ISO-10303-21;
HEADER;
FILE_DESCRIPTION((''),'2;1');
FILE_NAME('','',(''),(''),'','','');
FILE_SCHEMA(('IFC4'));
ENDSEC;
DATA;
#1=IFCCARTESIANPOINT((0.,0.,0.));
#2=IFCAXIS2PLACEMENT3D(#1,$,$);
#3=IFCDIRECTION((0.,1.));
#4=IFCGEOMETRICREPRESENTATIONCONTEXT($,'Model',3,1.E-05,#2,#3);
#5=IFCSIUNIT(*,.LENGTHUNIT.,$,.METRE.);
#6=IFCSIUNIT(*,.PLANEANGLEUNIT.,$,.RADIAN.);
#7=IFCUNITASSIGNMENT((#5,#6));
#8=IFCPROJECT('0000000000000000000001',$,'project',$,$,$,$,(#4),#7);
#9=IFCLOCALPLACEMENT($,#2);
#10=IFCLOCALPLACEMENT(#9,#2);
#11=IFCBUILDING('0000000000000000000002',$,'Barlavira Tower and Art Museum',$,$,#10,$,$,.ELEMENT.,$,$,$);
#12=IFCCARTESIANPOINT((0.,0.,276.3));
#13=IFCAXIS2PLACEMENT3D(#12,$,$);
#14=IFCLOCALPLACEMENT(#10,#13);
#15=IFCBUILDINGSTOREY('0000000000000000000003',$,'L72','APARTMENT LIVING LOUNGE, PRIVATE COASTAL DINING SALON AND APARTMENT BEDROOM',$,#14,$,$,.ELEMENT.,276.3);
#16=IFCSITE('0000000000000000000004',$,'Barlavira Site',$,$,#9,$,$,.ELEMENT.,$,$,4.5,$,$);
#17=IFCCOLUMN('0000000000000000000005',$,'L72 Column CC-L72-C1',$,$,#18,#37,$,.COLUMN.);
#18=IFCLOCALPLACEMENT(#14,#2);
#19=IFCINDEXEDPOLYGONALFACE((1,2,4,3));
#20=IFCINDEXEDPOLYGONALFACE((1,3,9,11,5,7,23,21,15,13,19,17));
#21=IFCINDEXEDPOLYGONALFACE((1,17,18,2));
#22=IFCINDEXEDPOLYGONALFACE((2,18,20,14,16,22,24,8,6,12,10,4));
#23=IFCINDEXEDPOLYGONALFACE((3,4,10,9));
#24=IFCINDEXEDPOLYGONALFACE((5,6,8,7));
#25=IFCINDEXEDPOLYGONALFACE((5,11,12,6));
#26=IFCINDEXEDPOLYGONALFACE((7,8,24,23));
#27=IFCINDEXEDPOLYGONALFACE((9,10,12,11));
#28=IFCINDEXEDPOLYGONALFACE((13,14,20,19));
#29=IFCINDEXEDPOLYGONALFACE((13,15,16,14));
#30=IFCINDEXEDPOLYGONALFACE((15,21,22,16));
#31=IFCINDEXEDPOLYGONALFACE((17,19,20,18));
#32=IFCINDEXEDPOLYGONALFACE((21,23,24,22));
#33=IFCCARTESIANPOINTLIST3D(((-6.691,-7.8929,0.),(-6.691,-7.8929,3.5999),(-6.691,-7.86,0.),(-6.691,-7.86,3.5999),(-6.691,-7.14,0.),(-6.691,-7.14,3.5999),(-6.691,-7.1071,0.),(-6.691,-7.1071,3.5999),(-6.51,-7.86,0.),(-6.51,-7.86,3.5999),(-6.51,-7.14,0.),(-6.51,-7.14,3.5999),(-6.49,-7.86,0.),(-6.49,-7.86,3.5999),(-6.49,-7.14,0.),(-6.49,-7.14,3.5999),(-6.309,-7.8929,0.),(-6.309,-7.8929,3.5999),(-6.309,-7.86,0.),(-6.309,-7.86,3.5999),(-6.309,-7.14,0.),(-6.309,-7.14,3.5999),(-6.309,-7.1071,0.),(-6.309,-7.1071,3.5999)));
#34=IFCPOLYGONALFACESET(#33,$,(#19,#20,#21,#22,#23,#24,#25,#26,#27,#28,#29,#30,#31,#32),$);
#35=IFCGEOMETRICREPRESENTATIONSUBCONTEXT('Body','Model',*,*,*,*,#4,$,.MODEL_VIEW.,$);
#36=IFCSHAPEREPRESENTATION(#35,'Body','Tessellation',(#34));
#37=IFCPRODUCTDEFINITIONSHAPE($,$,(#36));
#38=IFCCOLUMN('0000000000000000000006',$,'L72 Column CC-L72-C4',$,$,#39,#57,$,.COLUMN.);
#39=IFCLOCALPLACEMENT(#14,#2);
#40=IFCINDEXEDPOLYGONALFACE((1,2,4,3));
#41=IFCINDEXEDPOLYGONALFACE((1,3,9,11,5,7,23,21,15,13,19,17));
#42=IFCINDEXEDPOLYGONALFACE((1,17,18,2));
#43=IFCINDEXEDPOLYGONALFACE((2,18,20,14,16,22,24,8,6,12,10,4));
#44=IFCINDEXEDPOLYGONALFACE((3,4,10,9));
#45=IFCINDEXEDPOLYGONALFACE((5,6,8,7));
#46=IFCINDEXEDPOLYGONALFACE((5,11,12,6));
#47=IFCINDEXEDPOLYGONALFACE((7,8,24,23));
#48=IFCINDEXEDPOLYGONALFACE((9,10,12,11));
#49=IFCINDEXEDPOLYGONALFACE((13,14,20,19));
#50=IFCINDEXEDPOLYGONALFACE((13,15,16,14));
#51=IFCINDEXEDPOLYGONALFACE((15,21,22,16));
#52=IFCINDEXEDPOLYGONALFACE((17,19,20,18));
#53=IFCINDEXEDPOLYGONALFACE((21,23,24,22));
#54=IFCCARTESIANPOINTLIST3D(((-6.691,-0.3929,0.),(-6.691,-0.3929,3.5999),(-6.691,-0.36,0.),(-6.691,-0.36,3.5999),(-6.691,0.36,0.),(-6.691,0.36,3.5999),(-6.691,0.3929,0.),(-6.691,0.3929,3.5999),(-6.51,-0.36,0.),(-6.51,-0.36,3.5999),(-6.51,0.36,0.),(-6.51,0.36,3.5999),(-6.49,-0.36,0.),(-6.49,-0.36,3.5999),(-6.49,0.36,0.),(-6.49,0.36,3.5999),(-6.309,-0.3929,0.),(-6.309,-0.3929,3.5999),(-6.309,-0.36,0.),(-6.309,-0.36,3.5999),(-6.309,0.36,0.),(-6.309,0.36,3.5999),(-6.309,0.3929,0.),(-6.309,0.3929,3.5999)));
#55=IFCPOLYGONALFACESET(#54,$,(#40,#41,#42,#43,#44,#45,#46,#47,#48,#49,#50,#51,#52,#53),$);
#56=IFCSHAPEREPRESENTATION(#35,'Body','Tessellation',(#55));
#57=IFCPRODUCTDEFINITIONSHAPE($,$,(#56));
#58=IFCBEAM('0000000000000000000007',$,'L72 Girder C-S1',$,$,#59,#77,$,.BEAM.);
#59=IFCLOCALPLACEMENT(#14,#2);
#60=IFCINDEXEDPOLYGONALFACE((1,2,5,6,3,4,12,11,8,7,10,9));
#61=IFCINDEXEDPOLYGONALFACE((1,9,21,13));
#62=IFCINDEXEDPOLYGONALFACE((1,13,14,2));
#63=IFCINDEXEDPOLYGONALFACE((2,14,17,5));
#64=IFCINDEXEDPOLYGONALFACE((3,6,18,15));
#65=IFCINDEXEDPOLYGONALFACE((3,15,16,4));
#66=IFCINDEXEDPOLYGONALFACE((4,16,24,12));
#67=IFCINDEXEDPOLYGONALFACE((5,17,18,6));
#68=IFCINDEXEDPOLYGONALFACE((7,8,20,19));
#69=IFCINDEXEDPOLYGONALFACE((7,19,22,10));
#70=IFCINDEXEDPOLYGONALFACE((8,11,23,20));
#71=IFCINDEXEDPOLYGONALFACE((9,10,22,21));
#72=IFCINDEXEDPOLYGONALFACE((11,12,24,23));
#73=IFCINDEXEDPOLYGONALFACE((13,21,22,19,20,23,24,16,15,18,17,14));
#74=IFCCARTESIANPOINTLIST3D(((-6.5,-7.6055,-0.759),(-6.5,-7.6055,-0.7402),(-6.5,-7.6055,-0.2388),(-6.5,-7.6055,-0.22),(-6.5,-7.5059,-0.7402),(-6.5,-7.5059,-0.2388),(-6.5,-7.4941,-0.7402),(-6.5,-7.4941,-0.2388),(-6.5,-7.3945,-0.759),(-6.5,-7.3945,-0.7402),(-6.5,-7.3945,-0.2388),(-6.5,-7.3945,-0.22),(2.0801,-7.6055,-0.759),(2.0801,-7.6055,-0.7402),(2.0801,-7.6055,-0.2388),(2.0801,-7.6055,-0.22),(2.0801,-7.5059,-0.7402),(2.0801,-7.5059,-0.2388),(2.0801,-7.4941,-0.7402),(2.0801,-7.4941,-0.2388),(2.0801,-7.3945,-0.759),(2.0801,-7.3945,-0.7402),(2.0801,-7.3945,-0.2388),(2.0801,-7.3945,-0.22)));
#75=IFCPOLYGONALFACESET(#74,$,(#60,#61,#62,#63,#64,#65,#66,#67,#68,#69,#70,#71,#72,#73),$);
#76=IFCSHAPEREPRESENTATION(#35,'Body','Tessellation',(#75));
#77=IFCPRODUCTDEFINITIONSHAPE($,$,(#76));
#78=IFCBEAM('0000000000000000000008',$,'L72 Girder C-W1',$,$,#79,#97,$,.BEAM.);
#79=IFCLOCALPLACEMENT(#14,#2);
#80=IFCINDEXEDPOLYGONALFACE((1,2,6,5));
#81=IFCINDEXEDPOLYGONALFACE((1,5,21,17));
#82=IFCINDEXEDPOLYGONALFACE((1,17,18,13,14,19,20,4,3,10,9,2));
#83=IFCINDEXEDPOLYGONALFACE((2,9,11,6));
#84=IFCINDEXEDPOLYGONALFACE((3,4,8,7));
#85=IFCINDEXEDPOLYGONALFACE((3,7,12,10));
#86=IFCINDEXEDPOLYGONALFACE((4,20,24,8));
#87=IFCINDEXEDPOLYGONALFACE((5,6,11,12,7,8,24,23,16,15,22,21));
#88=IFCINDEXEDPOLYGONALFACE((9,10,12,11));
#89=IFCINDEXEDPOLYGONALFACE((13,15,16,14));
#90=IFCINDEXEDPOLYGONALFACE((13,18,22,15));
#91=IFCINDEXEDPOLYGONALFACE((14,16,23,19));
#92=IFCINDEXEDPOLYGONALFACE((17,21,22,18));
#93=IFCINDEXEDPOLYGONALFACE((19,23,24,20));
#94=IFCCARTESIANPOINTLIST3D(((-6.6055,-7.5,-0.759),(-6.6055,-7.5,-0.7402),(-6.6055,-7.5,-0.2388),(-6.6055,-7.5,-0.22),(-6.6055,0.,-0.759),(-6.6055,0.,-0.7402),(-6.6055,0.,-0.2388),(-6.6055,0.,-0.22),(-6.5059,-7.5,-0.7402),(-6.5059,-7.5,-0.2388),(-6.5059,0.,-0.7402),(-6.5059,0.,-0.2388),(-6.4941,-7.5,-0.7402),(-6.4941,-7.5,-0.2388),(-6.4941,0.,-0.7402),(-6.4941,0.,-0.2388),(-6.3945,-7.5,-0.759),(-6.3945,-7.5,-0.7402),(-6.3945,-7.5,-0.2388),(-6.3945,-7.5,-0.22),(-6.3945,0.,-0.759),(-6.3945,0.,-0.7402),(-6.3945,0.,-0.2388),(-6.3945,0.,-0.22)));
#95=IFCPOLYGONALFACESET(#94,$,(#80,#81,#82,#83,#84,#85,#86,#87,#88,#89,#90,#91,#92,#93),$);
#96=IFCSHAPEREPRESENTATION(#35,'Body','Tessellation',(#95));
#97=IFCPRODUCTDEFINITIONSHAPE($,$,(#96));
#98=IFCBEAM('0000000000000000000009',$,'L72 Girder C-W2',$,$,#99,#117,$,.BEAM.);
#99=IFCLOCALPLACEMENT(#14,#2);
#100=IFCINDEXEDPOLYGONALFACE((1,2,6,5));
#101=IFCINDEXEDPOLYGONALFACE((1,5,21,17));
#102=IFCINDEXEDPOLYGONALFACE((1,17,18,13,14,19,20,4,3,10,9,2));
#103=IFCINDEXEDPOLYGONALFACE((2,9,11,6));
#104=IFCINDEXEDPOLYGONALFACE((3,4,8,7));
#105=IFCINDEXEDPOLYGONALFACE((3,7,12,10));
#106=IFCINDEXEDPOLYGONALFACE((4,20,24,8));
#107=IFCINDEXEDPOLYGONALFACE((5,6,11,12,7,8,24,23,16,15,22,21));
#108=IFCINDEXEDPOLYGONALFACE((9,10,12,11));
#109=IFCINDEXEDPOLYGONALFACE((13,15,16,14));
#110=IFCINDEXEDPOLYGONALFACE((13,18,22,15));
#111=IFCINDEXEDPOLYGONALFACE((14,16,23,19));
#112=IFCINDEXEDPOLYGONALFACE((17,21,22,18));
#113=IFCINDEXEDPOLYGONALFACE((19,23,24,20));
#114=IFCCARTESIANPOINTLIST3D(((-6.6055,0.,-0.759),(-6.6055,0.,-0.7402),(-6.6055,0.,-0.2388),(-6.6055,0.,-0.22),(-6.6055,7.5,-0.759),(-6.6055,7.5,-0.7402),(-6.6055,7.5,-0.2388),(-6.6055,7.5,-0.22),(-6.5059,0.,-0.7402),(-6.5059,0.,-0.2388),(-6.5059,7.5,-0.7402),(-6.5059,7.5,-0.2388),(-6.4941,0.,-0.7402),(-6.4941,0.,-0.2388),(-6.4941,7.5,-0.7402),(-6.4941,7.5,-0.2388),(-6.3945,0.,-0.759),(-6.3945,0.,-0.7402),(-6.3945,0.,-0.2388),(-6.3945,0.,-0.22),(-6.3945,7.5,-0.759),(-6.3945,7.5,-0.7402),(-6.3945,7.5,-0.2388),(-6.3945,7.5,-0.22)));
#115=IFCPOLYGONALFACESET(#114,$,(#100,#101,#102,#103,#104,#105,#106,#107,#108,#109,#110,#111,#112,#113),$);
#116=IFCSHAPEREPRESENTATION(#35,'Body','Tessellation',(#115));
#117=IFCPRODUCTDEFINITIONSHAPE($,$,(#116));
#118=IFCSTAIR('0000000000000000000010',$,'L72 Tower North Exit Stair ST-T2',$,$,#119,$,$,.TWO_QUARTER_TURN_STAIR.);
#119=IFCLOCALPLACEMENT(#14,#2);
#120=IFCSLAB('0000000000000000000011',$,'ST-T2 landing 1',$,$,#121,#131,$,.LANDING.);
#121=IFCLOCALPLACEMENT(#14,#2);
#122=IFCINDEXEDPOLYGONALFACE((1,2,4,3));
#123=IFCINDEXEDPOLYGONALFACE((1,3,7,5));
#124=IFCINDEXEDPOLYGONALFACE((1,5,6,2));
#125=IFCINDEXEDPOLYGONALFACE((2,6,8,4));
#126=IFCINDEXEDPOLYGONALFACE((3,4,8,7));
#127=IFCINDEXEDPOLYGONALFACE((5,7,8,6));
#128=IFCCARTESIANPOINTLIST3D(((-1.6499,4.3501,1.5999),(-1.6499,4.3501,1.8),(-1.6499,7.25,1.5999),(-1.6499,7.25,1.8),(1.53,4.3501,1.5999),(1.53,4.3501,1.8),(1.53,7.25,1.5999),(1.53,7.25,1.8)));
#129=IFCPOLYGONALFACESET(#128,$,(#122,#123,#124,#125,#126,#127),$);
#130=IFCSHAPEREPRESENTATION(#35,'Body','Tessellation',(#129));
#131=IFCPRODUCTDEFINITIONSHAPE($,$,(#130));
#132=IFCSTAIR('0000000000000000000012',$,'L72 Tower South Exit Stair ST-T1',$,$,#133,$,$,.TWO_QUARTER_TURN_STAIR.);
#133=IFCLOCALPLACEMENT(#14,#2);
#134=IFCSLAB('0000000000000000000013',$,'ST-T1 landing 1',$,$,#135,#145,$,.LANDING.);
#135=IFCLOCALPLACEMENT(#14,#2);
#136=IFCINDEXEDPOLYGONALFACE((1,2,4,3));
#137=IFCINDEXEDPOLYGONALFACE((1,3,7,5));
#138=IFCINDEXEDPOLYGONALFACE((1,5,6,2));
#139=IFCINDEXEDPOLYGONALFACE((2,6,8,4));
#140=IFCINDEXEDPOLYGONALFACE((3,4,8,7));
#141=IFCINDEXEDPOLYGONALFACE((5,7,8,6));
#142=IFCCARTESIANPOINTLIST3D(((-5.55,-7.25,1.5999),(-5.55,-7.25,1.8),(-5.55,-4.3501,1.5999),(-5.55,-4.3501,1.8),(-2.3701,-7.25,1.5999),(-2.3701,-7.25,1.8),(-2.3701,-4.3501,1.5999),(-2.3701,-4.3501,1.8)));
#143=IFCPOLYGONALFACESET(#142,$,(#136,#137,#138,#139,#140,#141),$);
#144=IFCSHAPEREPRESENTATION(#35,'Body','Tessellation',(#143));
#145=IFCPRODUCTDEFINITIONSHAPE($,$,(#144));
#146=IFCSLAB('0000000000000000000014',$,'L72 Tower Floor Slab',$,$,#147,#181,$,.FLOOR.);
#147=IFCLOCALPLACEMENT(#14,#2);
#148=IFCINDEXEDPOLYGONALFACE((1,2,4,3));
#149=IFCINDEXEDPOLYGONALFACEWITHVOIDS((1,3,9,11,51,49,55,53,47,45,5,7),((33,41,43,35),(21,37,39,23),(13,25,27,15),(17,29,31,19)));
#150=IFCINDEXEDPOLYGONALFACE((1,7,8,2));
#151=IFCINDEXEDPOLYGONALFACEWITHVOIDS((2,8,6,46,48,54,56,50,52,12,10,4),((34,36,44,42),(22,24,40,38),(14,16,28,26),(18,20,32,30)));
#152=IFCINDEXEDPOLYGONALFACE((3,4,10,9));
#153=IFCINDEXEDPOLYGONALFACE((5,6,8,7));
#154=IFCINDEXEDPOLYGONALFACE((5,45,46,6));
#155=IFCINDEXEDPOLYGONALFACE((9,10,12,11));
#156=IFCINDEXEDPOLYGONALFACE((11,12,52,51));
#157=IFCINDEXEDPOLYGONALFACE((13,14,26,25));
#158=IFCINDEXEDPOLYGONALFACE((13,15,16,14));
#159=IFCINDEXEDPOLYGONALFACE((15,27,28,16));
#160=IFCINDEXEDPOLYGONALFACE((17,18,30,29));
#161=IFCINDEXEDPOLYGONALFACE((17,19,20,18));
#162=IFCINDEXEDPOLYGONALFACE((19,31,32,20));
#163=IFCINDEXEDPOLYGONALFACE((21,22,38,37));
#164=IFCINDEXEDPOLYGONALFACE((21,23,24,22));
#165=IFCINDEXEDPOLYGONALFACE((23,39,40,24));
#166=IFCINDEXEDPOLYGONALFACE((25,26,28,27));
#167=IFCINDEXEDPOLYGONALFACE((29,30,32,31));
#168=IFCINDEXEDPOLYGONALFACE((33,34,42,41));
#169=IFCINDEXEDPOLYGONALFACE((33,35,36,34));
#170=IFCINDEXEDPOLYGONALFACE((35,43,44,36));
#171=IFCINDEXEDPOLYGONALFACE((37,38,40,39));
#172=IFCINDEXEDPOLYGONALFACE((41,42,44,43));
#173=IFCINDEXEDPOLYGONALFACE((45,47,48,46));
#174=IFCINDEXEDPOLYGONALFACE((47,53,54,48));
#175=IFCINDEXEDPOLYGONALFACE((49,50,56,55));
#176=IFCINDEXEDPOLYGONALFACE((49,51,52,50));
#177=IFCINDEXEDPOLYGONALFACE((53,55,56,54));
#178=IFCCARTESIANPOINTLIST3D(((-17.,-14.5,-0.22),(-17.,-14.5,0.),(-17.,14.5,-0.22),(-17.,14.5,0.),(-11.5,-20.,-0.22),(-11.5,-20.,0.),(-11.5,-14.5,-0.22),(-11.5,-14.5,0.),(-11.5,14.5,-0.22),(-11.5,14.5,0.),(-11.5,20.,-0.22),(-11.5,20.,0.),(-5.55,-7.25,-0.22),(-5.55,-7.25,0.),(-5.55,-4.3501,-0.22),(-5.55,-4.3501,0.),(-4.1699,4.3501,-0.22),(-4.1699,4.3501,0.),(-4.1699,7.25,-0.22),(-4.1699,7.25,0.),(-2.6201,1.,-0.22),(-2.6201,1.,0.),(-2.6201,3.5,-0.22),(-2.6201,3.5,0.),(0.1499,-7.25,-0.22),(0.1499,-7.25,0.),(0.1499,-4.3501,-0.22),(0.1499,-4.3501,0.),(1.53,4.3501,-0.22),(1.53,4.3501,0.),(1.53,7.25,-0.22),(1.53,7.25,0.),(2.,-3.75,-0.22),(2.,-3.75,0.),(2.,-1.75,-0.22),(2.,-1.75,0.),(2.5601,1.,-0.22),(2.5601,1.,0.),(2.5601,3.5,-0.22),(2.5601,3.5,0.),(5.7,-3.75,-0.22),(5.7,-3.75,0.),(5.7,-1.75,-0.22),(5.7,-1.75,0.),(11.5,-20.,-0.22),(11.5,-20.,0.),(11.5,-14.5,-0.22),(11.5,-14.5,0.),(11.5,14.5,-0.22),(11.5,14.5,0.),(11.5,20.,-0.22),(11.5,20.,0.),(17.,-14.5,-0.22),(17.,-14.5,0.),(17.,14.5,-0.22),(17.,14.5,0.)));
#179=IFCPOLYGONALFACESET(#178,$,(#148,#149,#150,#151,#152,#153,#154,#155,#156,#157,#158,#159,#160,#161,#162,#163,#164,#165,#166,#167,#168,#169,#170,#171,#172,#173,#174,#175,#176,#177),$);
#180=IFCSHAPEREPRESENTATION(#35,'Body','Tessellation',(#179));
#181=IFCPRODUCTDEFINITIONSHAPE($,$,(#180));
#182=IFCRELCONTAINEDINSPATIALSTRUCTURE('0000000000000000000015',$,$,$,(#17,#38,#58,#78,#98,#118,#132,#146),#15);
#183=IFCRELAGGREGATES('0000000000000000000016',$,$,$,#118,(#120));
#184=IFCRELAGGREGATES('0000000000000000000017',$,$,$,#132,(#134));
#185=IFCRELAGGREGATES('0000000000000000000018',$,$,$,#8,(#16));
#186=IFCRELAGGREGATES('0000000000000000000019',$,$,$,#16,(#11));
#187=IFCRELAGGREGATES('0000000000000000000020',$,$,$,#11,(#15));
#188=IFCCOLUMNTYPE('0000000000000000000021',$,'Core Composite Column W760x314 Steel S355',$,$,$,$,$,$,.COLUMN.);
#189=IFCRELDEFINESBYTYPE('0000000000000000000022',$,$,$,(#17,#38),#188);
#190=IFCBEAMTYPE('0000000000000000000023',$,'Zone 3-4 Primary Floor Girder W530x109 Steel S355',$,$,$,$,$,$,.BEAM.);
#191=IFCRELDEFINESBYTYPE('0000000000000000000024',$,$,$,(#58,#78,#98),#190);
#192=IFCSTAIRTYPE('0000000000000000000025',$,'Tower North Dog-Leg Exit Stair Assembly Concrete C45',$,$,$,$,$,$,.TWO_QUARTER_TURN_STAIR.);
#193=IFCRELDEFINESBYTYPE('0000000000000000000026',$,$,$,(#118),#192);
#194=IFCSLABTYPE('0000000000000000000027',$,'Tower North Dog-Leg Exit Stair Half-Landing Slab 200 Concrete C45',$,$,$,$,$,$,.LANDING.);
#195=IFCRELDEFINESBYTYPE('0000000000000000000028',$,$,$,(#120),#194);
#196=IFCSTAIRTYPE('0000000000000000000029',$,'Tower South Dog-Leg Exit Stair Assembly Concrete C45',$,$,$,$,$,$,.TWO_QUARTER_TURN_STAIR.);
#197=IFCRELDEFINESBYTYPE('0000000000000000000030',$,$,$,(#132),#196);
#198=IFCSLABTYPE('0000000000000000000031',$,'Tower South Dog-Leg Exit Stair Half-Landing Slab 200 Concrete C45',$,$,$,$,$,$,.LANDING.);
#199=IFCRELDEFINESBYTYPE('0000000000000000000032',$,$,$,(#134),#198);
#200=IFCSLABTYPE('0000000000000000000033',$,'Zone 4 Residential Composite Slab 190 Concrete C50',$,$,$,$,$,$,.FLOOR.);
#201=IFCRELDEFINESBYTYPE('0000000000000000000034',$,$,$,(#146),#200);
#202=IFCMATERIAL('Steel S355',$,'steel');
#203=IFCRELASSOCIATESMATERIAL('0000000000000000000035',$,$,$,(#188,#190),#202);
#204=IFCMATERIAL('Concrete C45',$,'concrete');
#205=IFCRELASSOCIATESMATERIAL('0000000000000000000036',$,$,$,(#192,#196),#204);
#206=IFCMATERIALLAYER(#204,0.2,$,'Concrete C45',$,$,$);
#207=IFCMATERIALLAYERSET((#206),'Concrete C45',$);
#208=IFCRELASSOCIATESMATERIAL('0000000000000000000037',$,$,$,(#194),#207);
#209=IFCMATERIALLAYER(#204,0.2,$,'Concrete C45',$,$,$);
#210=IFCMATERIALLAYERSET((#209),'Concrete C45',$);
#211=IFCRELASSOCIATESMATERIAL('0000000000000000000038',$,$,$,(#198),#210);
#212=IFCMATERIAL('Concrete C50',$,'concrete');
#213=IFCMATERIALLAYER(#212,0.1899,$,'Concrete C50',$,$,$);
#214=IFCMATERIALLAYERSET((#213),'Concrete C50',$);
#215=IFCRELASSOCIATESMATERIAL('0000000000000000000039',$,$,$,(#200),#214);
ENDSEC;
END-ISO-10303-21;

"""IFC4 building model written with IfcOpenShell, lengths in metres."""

from ifc_helpers import new_model, si_unit, direction, frame, origin, origin_2d, place, context, subcontext, project, spatial, polyline, i_section, outline, extrude, material, layer, layer_set, material_profile, profile_set, type_object, element, aggregate, save


model = new_model("IFC4")

# Units and contexts
model_context = context("Model", 3, precision=1e-05, world=origin(), true_north=direction((0.0, 1.0)))
body_context = subcontext(model_context, "Body", "Model", "MODEL_VIEW")
ifc_project = project(units=[si_unit("LENGTHUNIT", "METRE"), si_unit("PLANEANGLEUNIT", "RADIAN")], contexts=[model_context])

# Site, building, storey
site_placement = place(None, origin())
site = spatial("IfcSite", under=ifc_project, at=site_placement, Name="Barlavira Site", CompositionType="ELEMENT", RefElevation=4.5)
building_placement = place(site_placement, origin())
building = spatial("IfcBuilding", under=site, at=building_placement, Name="Barlavira Tower and Art Museum", CompositionType="ELEMENT")
storey_placement = place(building_placement, frame((0.0, 0.0, 276.3)))
storey = spatial("IfcBuildingStorey", under=building, at=storey_placement, Name="L72", Description="APARTMENT LIVING LOUNGE, PRIVATE COASTAL DINING SALON AND APARTMENT BEDROOM", CompositionType="ELEMENT", Elevation=276.3)

# Columns
ifc_material_1 = material(Name="Steel S355", Category="steel")
ifc_material_profile_1 = material_profile(ifc_material_1, i_section(OverallWidth=0.3821, OverallDepth=0.7859, WebThickness=0.02, FlangeThickness=0.033, at=origin_2d()), Name="W760x314.0")
ifc_profile_set_1 = profile_set([ifc_material_profile_1], Name="Steel S355")
column_type = type_object("IfcColumnType", Name="Core Composite Column W760x314 Steel S355", PredefinedType="COLUMN", material=ifc_profile_set_1)
for number, where, z_axis, x_axis, name in (
    (1, (-6.5, -7.5, 0.0), (0.0, 0.0, 1.0), (1.0, 0.0, 0.0), "L72 Column CC-L72-C1"),
    (2, (-6.5, 0.0, 0.0), (0.0, 0.0, 1.0), (1.0, 0.0, 0.0), "L72 Column CC-L72-C4"),
):
    element("IfcColumn", number, at=place(storey_placement, frame(where, z_axis=z_axis, x_axis=x_axis)), inside=storey, type_object=column_type, Name=name, PredefinedType="COLUMN", context=body_context, shape_type="SweptSolid", body=[
        extrude(i_section(OverallWidth=0.3821, OverallDepth=0.7859, WebThickness=0.02, FlangeThickness=0.033, at=origin_2d()), origin(), (0.0, 0.0, 1.0), 3.5999),
    ])

# Beams
ifc_material_profile_2 = material_profile(ifc_material_1, i_section(OverallWidth=0.2109, OverallDepth=0.5391, WebThickness=0.0117, FlangeThickness=0.0188, at=origin_2d()), Name="W530x109.0")
ifc_profile_set_2 = profile_set([ifc_material_profile_2], Name="Steel S355")
beam_type = type_object("IfcBeamType", Name="Zone 3-4 Primary Floor Girder W530x109 Steel S355", PredefinedType="BEAM", material=ifc_profile_set_2)
beam_placement = place(storey_placement, frame((-6.5, -7.5, -0.4895), z_axis=(1.0, 0.0, 0.0), x_axis=(0.0, 1.0, 0.0)))
element("IfcBeam", 3, at=beam_placement, inside=storey, type_object=beam_type, Name="L72 Girder C-S1", PredefinedType="BEAM", context=body_context, shape_type="SweptSolid", body=[
    extrude(i_section(OverallWidth=0.2109, OverallDepth=0.5391, WebThickness=0.0117, FlangeThickness=0.0188, at=origin_2d()), origin(), (0.0, 0.0, 1.0), 8.5801),
])
for number, where, z_axis, x_axis, name in (
    (4, (-6.5, -7.5, -0.4895), (0.0, 1.0, 0.0), (-1.0, 0.0, 0.0), "L72 Girder C-W1"),
    (5, (-6.5, 0.0, -0.4895), (0.0, 1.0, 0.0), (-1.0, 0.0, 0.0), "L72 Girder C-W2"),
):
    element("IfcBeam", number, at=place(storey_placement, frame(where, z_axis=z_axis, x_axis=x_axis)), inside=storey, type_object=beam_type, Name=name, PredefinedType="BEAM", context=body_context, shape_type="SweptSolid", body=[
        extrude(i_section(OverallWidth=0.2109, OverallDepth=0.5391, WebThickness=0.0117, FlangeThickness=0.0188, at=origin_2d()), origin(), (0.0, 0.0, 1.0), 7.5),
    ])

# Stairs, slabs
ifc_material_2 = material(Name="Concrete C45", Category="concrete")
stair_type_1 = type_object("IfcStairType", Name="Tower North Dog-Leg Exit Stair Assembly Concrete C45", PredefinedType="TWO_QUARTER_TURN_STAIR", material=ifc_material_2)
stair_1_placement = place(storey_placement, origin())
stair_1 = element("IfcStair", 6, at=stair_1_placement, inside=storey, type_object=stair_type_1, Name="L72 Tower North Exit Stair ST-T2", PredefinedType="TWO_QUARTER_TURN_STAIR")
ifc_layer_1 = layer(ifc_material_2, 0.2, Name="Concrete C45")
ifc_layer_set_1 = layer_set([ifc_layer_1], Name="Concrete C45")
slab_type_1 = type_object("IfcSlabType", Name="Tower North Dog-Leg Exit Stair Half-Landing Slab 200 Concrete C45", PredefinedType="LANDING", material=ifc_layer_set_1)
slab_1_placement = place(storey_placement, frame((0.0, 0.0, 1.5999)))
slab_1 = element("IfcSlab", 7, at=slab_1_placement, type_object=slab_type_1, Name="ST-T2 landing 1", PredefinedType="LANDING", context=body_context, shape_type="SweptSolid", body=[
    extrude(outline(polyline([(-1.6499, 4.3501), (1.53, 4.3501), (1.53, 7.25), (-1.6499, 7.25), (-1.6499, 4.3501)])), origin(), (0.0, 0.0, 1.0), 0.2002),
])
aggregate(stair_1, [slab_1])
stair_type_2 = type_object("IfcStairType", Name="Tower South Dog-Leg Exit Stair Assembly Concrete C45", PredefinedType="TWO_QUARTER_TURN_STAIR", material=ifc_material_2)
stair_2_placement = place(storey_placement, origin())
stair_2 = element("IfcStair", 8, at=stair_2_placement, inside=storey, type_object=stair_type_2, Name="L72 Tower South Exit Stair ST-T1", PredefinedType="TWO_QUARTER_TURN_STAIR")
ifc_layer_2 = layer(ifc_material_2, 0.2, Name="Concrete C45")
ifc_layer_set_2 = layer_set([ifc_layer_2], Name="Concrete C45")
slab_type_2 = type_object("IfcSlabType", Name="Tower South Dog-Leg Exit Stair Half-Landing Slab 200 Concrete C45", PredefinedType="LANDING", material=ifc_layer_set_2)
slab_2_placement = place(storey_placement, frame((0.0, 0.0, 1.5999)))
slab_2 = element("IfcSlab", 9, at=slab_2_placement, type_object=slab_type_2, Name="ST-T1 landing 1", PredefinedType="LANDING", context=body_context, shape_type="SweptSolid", body=[
    extrude(outline(polyline([(-2.3701, -4.3501), (-5.55, -4.3501), (-5.55, -7.25), (-2.3701, -7.25), (-2.3701, -4.3501)])), origin(), (0.0, 0.0, 1.0), 0.2002),
])

# Slab
ifc_material_3 = material(Name="Concrete C50", Category="concrete")
ifc_layer_3 = layer(ifc_material_3, 0.1899, Name="Concrete C50")
ifc_layer_set_3 = layer_set([ifc_layer_3], Name="Concrete C50")
slab_type_3 = type_object("IfcSlabType", Name="Zone 4 Residential Composite Slab 190 Concrete C50", PredefinedType="FLOOR", material=ifc_layer_set_3)
slab_3_placement = place(storey_placement, frame((0.0, 0.0, -0.22)))
element("IfcSlab", 10, at=slab_3_placement, inside=storey, type_object=slab_type_3, Name="L72 Tower Floor Slab", PredefinedType="FLOOR", context=body_context, shape_type="SweptSolid", body=[
    extrude(outline(polyline([(-11.5, -20.0), (11.5, -20.0), (11.5, -14.5), (17.0, -14.5), (17.0, 14.5), (11.5, 14.5), (11.5, 20.0), (-11.5, 20.0), (-11.5, 14.5), (-17.0, 14.5), (-17.0, -14.5), (-11.5, -14.5), (-11.5, -20.0)]), holes=[polyline([(0.1499, -4.3501), (-5.55, -4.3501), (-5.55, -7.25), (0.1499, -7.25), (0.1499, -4.3501)]), polyline([(-4.1699, 4.3501), (1.53, 4.3501), (1.53, 7.25), (-4.1699, 7.25), (-4.1699, 4.3501)]), polyline([(-2.6201, 1.0), (2.5601, 1.0), (2.5601, 3.5), (-2.6201, 3.5), (-2.6201, 1.0)]), polyline([(2.0, -3.75), (5.7, -3.75), (5.7, -1.75), (2.0, -1.75), (2.0, -3.75)])]), origin(), (0.0, 0.0, 1.0), 0.22),
])

aggregate(stair_2, [slab_2])

save(model, "model.ifc")
